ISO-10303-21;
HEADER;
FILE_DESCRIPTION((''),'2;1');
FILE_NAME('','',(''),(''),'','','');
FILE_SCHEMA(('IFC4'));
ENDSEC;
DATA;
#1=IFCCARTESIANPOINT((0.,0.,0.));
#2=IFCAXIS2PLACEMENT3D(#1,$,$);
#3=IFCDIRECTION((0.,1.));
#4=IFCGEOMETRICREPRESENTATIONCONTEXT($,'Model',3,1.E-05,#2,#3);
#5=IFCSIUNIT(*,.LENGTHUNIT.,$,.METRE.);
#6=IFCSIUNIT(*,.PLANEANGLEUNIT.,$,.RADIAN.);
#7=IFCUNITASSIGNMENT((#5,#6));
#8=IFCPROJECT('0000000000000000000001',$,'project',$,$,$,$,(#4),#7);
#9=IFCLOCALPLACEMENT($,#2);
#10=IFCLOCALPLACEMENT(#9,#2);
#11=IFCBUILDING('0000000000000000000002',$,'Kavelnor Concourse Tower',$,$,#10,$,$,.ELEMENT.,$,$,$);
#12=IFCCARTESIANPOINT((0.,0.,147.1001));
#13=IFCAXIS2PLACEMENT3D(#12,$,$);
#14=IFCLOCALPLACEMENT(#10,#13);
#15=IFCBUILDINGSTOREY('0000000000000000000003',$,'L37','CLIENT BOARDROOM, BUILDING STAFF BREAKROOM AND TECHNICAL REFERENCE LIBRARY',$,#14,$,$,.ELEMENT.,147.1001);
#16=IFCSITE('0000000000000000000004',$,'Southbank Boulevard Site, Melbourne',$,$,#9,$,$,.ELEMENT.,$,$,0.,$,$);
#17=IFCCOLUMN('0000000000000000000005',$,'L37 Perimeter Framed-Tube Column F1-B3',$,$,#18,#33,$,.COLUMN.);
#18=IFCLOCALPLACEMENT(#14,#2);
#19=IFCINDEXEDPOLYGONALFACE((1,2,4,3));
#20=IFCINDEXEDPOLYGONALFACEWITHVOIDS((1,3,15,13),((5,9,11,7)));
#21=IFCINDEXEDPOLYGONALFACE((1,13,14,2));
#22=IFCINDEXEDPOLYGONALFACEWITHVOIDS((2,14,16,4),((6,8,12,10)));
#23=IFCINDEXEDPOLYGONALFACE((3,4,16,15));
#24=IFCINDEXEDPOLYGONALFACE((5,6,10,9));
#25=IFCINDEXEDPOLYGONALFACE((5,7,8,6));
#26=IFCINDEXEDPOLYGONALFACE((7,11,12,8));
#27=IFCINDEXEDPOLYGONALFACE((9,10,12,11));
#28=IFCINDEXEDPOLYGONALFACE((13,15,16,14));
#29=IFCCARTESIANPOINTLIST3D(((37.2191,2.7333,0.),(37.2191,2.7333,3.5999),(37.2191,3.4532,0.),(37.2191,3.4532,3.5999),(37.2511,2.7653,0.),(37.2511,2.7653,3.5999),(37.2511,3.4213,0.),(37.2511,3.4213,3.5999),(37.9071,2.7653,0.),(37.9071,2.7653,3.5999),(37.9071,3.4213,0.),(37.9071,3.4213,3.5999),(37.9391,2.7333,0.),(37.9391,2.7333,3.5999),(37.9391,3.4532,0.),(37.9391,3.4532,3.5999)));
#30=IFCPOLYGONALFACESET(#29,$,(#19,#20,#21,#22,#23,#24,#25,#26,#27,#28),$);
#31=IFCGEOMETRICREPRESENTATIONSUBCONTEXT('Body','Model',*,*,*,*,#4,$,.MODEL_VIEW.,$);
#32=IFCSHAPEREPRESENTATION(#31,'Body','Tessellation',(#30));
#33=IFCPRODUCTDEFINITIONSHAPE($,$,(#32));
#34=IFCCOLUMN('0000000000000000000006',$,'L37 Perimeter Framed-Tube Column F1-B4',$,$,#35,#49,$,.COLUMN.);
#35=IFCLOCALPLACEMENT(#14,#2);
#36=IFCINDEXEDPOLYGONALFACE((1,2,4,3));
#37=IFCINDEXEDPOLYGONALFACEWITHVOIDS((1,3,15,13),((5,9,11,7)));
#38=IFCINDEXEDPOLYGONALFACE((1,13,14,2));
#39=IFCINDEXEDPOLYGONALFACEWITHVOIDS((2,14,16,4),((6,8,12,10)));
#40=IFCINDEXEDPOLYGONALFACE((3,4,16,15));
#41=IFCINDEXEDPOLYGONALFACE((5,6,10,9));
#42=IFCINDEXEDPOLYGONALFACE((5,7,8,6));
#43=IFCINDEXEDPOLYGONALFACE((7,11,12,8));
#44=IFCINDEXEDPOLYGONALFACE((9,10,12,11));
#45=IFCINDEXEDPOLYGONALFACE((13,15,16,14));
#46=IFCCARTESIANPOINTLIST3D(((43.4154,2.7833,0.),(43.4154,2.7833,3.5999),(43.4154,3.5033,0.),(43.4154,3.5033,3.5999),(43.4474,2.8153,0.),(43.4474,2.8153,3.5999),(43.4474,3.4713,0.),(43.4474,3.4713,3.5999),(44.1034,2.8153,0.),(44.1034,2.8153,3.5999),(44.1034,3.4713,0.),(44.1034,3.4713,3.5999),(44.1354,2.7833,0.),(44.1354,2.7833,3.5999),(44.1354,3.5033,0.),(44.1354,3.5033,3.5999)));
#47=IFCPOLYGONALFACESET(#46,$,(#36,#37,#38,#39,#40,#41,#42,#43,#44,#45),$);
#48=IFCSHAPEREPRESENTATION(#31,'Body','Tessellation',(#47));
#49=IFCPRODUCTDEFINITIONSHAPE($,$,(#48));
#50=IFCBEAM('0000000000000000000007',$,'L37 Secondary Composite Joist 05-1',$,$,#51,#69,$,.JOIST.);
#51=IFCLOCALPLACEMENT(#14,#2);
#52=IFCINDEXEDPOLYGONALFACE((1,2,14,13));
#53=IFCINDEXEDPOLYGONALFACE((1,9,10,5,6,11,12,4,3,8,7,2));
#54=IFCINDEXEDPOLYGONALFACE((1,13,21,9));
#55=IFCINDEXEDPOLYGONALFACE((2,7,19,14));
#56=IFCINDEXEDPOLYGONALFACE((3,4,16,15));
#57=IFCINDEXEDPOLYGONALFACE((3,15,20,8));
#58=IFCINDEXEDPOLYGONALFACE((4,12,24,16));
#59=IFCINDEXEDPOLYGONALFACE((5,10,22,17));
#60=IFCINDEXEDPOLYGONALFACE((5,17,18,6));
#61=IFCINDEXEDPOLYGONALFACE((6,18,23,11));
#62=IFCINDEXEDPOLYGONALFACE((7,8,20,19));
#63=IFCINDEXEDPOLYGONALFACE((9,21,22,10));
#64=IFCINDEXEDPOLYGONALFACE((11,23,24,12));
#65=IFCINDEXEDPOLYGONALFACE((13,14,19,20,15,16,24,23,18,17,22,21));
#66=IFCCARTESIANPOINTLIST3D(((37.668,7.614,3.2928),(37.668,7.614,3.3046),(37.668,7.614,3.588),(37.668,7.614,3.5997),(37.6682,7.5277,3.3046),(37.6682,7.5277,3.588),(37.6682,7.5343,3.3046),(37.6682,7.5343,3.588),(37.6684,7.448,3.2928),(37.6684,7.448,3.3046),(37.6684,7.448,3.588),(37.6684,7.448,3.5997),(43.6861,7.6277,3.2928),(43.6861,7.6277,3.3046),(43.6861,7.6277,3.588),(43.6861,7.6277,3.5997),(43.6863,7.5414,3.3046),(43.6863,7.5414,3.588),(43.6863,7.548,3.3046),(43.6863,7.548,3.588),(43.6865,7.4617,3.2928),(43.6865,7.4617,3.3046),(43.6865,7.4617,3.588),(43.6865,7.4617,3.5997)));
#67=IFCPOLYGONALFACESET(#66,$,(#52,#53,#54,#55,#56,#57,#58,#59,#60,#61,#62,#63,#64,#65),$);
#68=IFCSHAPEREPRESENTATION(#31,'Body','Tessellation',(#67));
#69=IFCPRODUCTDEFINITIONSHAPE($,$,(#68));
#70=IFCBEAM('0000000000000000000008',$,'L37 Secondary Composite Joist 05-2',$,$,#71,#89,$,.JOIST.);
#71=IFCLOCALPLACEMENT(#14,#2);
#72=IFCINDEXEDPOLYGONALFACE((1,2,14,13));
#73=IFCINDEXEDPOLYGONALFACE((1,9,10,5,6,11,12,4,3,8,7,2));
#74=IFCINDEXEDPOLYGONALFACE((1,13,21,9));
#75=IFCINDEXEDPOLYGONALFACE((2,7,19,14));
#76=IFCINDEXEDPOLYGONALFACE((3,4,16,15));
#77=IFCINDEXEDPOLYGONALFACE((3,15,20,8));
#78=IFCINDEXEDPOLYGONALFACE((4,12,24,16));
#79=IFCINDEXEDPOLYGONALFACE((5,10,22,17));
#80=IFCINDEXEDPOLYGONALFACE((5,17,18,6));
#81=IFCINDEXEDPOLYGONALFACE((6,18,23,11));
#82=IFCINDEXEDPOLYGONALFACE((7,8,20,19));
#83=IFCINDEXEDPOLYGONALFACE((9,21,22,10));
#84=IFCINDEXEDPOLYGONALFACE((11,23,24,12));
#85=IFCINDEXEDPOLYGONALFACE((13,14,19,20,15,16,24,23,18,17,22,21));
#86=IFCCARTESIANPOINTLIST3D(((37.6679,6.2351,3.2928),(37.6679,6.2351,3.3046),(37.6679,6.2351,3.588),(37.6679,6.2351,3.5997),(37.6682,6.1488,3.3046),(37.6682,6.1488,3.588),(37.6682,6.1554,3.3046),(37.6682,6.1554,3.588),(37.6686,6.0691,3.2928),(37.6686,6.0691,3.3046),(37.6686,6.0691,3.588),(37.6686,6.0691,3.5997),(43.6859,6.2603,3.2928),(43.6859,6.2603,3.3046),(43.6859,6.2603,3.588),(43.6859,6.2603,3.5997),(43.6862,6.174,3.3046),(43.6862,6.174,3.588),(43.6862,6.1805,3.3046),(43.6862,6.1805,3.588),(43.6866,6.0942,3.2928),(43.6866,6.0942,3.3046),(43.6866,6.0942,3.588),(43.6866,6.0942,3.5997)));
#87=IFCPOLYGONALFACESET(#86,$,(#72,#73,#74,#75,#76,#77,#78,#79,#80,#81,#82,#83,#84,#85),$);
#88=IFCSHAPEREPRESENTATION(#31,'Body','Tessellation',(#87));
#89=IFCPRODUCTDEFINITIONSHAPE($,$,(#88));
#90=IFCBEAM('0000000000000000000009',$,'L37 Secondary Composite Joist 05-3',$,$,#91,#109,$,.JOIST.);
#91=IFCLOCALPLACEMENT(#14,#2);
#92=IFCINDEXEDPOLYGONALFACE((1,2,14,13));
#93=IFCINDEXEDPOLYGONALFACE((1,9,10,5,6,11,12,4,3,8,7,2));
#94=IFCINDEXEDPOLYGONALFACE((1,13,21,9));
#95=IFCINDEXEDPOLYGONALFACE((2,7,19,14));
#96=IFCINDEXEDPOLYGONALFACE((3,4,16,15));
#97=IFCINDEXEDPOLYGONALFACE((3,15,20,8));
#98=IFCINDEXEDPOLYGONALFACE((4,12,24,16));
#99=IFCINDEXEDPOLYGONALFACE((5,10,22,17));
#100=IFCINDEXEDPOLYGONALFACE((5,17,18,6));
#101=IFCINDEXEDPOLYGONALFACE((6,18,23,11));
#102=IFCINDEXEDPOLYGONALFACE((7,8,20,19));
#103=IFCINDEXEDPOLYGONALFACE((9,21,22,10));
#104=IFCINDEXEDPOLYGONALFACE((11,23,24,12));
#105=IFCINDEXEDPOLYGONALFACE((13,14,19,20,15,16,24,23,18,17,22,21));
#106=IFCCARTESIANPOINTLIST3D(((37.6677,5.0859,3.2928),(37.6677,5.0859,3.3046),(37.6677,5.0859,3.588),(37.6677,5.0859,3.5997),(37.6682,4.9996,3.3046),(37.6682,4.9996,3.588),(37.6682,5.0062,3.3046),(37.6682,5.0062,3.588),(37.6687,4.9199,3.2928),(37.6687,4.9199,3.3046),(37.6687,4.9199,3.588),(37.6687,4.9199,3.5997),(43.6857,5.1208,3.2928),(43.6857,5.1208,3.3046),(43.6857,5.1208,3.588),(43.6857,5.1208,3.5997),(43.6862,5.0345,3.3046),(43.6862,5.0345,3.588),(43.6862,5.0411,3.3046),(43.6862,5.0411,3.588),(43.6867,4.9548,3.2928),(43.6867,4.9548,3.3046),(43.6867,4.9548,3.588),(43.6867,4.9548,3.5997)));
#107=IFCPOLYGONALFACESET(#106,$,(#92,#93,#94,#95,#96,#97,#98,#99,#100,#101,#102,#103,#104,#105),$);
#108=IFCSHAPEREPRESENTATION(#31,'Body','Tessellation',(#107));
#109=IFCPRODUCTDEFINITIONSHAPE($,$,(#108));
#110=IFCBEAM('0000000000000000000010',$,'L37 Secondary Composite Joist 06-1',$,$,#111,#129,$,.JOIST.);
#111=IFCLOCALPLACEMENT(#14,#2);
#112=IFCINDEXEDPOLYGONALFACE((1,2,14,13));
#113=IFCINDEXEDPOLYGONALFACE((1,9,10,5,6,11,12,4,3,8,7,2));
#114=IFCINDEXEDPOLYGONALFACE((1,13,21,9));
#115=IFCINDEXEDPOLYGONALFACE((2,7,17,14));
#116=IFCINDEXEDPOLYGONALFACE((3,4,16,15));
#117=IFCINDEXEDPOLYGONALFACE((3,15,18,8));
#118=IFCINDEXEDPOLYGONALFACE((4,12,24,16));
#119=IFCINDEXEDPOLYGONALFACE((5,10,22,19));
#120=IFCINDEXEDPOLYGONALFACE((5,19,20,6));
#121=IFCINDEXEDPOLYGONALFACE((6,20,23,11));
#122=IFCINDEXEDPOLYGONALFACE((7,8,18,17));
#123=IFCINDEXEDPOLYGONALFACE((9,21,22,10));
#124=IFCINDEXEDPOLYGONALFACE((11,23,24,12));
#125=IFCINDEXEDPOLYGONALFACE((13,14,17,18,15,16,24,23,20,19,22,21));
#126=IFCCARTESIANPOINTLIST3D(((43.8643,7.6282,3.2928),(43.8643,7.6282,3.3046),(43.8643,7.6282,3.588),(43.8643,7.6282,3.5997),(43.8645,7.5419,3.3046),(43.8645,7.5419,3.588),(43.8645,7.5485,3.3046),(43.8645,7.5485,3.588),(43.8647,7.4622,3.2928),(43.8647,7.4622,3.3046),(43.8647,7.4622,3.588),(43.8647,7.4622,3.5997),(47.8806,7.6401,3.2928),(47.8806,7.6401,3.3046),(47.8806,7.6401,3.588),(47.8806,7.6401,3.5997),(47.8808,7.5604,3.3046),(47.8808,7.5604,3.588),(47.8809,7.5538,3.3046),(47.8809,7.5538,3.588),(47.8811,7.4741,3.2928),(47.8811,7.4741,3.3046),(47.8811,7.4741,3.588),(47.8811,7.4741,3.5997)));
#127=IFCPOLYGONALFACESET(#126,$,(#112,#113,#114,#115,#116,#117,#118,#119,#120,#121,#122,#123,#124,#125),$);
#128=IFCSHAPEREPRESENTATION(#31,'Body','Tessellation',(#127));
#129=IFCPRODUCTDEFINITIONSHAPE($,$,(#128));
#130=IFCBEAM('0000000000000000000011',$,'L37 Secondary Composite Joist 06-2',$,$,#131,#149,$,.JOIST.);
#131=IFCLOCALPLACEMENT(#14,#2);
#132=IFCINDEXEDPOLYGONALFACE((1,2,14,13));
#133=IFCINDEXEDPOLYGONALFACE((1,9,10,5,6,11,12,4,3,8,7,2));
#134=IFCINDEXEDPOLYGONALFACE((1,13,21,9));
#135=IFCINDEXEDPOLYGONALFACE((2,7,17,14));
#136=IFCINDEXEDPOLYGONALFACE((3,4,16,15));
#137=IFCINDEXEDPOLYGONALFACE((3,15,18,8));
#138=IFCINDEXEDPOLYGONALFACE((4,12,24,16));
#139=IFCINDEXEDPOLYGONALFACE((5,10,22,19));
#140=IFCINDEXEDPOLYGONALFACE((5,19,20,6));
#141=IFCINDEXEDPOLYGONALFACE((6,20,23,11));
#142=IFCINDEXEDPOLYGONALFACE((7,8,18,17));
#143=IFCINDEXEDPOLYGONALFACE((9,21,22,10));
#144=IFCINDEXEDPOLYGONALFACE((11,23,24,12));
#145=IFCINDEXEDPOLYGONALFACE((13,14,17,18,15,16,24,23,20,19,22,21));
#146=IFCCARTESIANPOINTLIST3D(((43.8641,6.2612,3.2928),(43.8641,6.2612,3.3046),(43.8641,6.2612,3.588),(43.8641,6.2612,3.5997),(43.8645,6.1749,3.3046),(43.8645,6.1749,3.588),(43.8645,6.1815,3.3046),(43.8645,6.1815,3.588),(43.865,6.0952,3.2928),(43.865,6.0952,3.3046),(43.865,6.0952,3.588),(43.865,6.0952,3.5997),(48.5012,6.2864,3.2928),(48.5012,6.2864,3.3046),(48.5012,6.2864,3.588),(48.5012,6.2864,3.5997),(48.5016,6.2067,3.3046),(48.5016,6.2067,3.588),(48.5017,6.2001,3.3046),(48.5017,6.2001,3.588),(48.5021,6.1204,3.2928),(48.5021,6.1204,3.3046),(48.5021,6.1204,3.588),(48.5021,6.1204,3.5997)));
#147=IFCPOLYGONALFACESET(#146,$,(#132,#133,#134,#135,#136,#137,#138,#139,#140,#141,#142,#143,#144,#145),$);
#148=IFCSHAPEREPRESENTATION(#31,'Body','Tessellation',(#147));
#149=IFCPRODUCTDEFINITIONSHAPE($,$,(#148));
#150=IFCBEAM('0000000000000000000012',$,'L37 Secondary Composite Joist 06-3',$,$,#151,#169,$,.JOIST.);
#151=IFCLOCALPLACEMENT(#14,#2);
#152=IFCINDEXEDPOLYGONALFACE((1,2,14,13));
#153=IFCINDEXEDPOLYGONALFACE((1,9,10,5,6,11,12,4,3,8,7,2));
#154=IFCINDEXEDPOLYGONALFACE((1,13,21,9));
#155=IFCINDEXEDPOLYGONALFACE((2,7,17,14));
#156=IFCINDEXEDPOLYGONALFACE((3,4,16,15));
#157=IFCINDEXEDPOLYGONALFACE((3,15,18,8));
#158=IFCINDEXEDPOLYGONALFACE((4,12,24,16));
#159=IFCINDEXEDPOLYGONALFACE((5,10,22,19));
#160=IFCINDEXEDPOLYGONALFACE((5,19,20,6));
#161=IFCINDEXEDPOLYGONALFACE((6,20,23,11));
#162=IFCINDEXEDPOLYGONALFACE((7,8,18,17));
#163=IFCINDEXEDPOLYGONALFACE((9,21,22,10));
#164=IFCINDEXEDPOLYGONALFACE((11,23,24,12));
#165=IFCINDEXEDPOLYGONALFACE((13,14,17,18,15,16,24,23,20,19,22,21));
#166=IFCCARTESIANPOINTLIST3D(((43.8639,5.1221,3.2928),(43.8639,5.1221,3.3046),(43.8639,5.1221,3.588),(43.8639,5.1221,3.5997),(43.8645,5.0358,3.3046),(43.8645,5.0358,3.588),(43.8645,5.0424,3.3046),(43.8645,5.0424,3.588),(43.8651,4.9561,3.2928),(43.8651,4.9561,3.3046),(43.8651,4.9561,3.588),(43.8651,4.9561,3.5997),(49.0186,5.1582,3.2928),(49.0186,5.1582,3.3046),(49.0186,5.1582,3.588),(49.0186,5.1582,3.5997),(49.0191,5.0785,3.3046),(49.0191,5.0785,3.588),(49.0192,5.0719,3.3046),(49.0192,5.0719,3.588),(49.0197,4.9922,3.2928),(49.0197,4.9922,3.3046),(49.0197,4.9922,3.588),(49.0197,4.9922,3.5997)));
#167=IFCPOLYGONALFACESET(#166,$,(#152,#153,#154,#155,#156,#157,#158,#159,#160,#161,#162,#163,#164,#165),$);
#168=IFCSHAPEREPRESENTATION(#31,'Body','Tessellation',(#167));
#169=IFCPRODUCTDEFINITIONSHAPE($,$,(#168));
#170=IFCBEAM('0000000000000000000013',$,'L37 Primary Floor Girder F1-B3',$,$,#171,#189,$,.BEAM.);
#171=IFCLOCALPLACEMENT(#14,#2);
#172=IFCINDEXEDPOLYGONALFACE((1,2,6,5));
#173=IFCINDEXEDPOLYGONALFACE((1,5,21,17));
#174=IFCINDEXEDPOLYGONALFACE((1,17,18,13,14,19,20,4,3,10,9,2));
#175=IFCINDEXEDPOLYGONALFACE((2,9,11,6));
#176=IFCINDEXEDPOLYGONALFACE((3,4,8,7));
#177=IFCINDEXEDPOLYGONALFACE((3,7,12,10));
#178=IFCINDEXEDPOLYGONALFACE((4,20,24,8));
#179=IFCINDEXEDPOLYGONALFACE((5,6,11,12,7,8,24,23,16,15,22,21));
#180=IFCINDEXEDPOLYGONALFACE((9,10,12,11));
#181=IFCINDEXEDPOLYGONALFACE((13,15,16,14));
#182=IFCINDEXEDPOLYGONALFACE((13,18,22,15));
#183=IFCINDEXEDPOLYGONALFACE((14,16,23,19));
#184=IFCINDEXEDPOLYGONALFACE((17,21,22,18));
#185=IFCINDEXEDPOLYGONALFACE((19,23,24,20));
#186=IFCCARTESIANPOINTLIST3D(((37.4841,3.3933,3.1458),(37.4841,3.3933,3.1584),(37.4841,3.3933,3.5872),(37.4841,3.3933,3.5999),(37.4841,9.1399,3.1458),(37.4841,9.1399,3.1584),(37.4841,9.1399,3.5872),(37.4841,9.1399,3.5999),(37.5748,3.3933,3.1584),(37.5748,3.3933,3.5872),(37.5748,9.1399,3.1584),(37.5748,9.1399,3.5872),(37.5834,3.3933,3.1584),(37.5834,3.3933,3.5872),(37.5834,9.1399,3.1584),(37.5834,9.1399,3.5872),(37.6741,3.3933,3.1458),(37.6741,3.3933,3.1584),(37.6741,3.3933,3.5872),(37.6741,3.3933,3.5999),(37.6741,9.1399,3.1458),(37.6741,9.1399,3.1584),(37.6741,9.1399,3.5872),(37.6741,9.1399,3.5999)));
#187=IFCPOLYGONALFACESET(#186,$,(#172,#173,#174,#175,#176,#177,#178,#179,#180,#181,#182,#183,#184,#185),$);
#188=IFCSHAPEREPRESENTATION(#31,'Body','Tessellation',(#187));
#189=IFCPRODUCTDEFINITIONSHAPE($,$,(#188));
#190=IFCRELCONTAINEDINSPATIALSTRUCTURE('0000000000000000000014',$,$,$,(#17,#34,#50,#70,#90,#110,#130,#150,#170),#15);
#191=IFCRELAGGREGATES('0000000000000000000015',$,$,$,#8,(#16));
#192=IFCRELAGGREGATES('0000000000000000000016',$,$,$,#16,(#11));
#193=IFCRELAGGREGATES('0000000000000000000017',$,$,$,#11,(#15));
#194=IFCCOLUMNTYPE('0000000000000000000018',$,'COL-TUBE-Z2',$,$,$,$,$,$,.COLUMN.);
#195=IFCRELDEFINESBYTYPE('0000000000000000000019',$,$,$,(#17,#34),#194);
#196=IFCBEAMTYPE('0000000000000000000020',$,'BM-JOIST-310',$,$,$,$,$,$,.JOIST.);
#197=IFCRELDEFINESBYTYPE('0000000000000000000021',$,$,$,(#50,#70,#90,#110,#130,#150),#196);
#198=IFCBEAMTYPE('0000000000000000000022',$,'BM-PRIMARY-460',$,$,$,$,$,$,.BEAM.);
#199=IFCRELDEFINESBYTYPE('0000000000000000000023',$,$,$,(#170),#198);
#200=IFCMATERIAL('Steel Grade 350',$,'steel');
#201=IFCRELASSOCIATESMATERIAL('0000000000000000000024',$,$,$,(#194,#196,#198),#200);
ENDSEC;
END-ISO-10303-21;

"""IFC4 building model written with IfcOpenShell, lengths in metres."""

from ifc_helpers import new_model, si_unit, direction, frame, origin, origin_2d, place, context, subcontext, project, spatial, hollow_rectangle, i_section, extrude, material, material_profile, profile_set, type_object, element, save


model = new_model("IFC4")

# Units and contexts
model_context = context("Model", 3, precision=1e-05, world=origin(), true_north=direction((0.0, 1.0)))
body_context = subcontext(model_context, "Body", "Model", "MODEL_VIEW")
ifc_project = project(units=[si_unit("LENGTHUNIT", "METRE"), si_unit("PLANEANGLEUNIT", "RADIAN")], contexts=[model_context])

# Site, building, storey
site_placement = place(None, origin())
site = spatial("IfcSite", under=ifc_project, at=site_placement, Name="Southbank Boulevard Site, Melbourne", CompositionType="ELEMENT", RefElevation=0.0)
building_placement = place(site_placement, origin())
building = spatial("IfcBuilding", under=site, at=building_placement, Name="Kavelnor Concourse Tower", CompositionType="ELEMENT")
storey_placement = place(building_placement, frame((0.0, 0.0, 147.1001)))
storey = spatial("IfcBuildingStorey", under=building, at=storey_placement, Name="L37", Description="CLIENT BOARDROOM, BUILDING STAFF BREAKROOM AND TECHNICAL REFERENCE LIBRARY", CompositionType="ELEMENT", Elevation=147.1001)

# Columns
ifc_material_1 = material(Name="Steel Grade 350", Category="steel")
ifc_material_profile_1 = material_profile(ifc_material_1, hollow_rectangle(XDim=0.72, YDim=0.72, WallThickness=0.032, at=origin_2d()), Name="SHS 720x720x32")
ifc_profile_set_1 = profile_set([ifc_material_profile_1], Name="Steel Grade 350")
column_type = type_object("IfcColumnType", Name="COL-TUBE-Z2", PredefinedType="COLUMN", material=ifc_profile_set_1)
for number, where, z_axis, x_axis, name in (
    (1, (37.5791, 3.0933, 0.0), (0.0, 0.0, 1.0), (1.0, 0.0, 0.0), "L37 Perimeter Framed-Tube Column F1-B3"),
    (2, (43.7754, 3.1433, 0.0), (0.0, 0.0, 1.0), (1.0, 0.0, 0.0), "L37 Perimeter Framed-Tube Column F1-B4"),
):
    element("IfcColumn", number, at=place(storey_placement, frame(where, z_axis=z_axis, x_axis=x_axis)), inside=storey, type_object=column_type, Name=name, PredefinedType="COLUMN", context=body_context, shape_type="SweptSolid", body=[
        extrude(hollow_rectangle(XDim=0.72, YDim=0.72, WallThickness=0.032, at=origin_2d()), origin(), (0.0, 0.0, 1.0), 3.5999),
    ])

# Beams
ifc_material_profile_2 = material_profile(ifc_material_1, i_section(OverallWidth=0.166, OverallDepth=0.3069, WebThickness=0.0066, FlangeThickness=0.0117, at=origin_2d()), Name="310UB46")
ifc_profile_set_2 = profile_set([ifc_material_profile_2], Name="Steel Grade 350")
beam_type_1 = type_object("IfcBeamType", Name="BM-JOIST-310", PredefinedType="JOIST", material=ifc_profile_set_2)
for number, where, z_axis, x_axis, name in (
    (3, (37.6682, 7.531, 3.4463), (0.999997, 0.002272, 0.0), (-0.002272, 0.999997, 0.0), "L37 Secondary Composite Joist 05-1"),
    (4, (37.6682, 6.1521, 3.4463), (0.999991, 0.004178, 0.0), (-0.004178, 0.999991, 0.0), "L37 Secondary Composite Joist 05-2"),
    (5, (37.6682, 5.0029, 3.4463), (0.999983, 0.005801, 0.0), (-0.005801, 0.999983, 0.0), "L37 Secondary Composite Joist 05-3"),
):
    element("IfcBeam", number, at=place(storey_placement, frame(where, z_axis=z_axis, x_axis=x_axis)), inside=storey, type_object=beam_type_1, Name=name, PredefinedType="JOIST", context=body_context, shape_type="SweptSolid", body=[
        extrude(i_section(OverallWidth=0.166, OverallDepth=0.3069, WebThickness=0.0066, FlangeThickness=0.0117, at=origin_2d()), origin(), (0.0, 0.0, 1.0), 6.0181),
    ])
beam_1_placement = place(storey_placement, frame((43.8645, 7.5452, 3.4463), z_axis=(0.999996, 0.002979, 0.0), x_axis=(-0.002979, 0.999996, 0.0)))
element("IfcBeam", 6, at=beam_1_placement, inside=storey, type_object=beam_type_1, Name="L37 Secondary Composite Joist 06-1", PredefinedType="JOIST", context=body_context, shape_type="SweptSolid", body=[
    extrude(i_section(OverallWidth=0.166, OverallDepth=0.3069, WebThickness=0.0066, FlangeThickness=0.0117, at=origin_2d()), origin(), (0.0, 0.0, 1.0), 4.0164),
])
beam_2_placement = place(storey_placement, frame((43.8645, 6.1782, 3.4463), z_axis=(0.999985, 0.005423, 0.0), x_axis=(-0.005423, 0.999985, 0.0)))
element("IfcBeam", 7, at=beam_2_placement, inside=storey, type_object=beam_type_1, Name="L37 Secondary Composite Joist 06-2", PredefinedType="JOIST", context=body_context, shape_type="SweptSolid", body=[
    extrude(i_section(OverallWidth=0.166, OverallDepth=0.3069, WebThickness=0.0066, FlangeThickness=0.0117, at=origin_2d()), origin(), (0.0, 0.0, 1.0), 4.6372),
])
beam_3_placement = place(storey_placement, frame((43.8645, 5.0391, 3.4463), z_axis=(0.999975, 0.00701, 0.0), x_axis=(-0.00701, 0.999975, 0.0)))
element("IfcBeam", 8, at=beam_3_placement, inside=storey, type_object=beam_type_1, Name="L37 Secondary Composite Joist 06-3", PredefinedType="JOIST", context=body_context, shape_type="SweptSolid", body=[
    extrude(i_section(OverallWidth=0.166, OverallDepth=0.3069, WebThickness=0.0066, FlangeThickness=0.0117, at=origin_2d()), origin(), (0.0, 0.0, 1.0), 5.1548),
])
ifc_material_profile_3 = material_profile(ifc_material_1, i_section(OverallWidth=0.1899, OverallDepth=0.4541, WebThickness=0.0085, FlangeThickness=0.0127, at=origin_2d()), Name="460UB67")
ifc_profile_set_3 = profile_set([ifc_material_profile_3], Name="Steel Grade 350")
beam_type_2 = type_object("IfcBeamType", Name="BM-PRIMARY-460", PredefinedType="BEAM", material=ifc_profile_set_3)
beam_4_placement = place(storey_placement, frame((37.5791, 9.1399, 3.3728), z_axis=(0.0, -1.0, 0.0), x_axis=(1.0, 0.0, 0.0)))
element("IfcBeam", 9, at=beam_4_placement, inside=storey, type_object=beam_type_2, Name="L37 Primary Floor Girder F1-B3", PredefinedType="BEAM", context=body_context, shape_type="SweptSolid", body=[
    extrude(i_section(OverallWidth=0.1899, OverallDepth=0.4541, WebThickness=0.0085, FlangeThickness=0.0127, at=origin_2d()), origin(), (0.0, 0.0, 1.0), 5.7466),
])

save(model, "model.ifc")
